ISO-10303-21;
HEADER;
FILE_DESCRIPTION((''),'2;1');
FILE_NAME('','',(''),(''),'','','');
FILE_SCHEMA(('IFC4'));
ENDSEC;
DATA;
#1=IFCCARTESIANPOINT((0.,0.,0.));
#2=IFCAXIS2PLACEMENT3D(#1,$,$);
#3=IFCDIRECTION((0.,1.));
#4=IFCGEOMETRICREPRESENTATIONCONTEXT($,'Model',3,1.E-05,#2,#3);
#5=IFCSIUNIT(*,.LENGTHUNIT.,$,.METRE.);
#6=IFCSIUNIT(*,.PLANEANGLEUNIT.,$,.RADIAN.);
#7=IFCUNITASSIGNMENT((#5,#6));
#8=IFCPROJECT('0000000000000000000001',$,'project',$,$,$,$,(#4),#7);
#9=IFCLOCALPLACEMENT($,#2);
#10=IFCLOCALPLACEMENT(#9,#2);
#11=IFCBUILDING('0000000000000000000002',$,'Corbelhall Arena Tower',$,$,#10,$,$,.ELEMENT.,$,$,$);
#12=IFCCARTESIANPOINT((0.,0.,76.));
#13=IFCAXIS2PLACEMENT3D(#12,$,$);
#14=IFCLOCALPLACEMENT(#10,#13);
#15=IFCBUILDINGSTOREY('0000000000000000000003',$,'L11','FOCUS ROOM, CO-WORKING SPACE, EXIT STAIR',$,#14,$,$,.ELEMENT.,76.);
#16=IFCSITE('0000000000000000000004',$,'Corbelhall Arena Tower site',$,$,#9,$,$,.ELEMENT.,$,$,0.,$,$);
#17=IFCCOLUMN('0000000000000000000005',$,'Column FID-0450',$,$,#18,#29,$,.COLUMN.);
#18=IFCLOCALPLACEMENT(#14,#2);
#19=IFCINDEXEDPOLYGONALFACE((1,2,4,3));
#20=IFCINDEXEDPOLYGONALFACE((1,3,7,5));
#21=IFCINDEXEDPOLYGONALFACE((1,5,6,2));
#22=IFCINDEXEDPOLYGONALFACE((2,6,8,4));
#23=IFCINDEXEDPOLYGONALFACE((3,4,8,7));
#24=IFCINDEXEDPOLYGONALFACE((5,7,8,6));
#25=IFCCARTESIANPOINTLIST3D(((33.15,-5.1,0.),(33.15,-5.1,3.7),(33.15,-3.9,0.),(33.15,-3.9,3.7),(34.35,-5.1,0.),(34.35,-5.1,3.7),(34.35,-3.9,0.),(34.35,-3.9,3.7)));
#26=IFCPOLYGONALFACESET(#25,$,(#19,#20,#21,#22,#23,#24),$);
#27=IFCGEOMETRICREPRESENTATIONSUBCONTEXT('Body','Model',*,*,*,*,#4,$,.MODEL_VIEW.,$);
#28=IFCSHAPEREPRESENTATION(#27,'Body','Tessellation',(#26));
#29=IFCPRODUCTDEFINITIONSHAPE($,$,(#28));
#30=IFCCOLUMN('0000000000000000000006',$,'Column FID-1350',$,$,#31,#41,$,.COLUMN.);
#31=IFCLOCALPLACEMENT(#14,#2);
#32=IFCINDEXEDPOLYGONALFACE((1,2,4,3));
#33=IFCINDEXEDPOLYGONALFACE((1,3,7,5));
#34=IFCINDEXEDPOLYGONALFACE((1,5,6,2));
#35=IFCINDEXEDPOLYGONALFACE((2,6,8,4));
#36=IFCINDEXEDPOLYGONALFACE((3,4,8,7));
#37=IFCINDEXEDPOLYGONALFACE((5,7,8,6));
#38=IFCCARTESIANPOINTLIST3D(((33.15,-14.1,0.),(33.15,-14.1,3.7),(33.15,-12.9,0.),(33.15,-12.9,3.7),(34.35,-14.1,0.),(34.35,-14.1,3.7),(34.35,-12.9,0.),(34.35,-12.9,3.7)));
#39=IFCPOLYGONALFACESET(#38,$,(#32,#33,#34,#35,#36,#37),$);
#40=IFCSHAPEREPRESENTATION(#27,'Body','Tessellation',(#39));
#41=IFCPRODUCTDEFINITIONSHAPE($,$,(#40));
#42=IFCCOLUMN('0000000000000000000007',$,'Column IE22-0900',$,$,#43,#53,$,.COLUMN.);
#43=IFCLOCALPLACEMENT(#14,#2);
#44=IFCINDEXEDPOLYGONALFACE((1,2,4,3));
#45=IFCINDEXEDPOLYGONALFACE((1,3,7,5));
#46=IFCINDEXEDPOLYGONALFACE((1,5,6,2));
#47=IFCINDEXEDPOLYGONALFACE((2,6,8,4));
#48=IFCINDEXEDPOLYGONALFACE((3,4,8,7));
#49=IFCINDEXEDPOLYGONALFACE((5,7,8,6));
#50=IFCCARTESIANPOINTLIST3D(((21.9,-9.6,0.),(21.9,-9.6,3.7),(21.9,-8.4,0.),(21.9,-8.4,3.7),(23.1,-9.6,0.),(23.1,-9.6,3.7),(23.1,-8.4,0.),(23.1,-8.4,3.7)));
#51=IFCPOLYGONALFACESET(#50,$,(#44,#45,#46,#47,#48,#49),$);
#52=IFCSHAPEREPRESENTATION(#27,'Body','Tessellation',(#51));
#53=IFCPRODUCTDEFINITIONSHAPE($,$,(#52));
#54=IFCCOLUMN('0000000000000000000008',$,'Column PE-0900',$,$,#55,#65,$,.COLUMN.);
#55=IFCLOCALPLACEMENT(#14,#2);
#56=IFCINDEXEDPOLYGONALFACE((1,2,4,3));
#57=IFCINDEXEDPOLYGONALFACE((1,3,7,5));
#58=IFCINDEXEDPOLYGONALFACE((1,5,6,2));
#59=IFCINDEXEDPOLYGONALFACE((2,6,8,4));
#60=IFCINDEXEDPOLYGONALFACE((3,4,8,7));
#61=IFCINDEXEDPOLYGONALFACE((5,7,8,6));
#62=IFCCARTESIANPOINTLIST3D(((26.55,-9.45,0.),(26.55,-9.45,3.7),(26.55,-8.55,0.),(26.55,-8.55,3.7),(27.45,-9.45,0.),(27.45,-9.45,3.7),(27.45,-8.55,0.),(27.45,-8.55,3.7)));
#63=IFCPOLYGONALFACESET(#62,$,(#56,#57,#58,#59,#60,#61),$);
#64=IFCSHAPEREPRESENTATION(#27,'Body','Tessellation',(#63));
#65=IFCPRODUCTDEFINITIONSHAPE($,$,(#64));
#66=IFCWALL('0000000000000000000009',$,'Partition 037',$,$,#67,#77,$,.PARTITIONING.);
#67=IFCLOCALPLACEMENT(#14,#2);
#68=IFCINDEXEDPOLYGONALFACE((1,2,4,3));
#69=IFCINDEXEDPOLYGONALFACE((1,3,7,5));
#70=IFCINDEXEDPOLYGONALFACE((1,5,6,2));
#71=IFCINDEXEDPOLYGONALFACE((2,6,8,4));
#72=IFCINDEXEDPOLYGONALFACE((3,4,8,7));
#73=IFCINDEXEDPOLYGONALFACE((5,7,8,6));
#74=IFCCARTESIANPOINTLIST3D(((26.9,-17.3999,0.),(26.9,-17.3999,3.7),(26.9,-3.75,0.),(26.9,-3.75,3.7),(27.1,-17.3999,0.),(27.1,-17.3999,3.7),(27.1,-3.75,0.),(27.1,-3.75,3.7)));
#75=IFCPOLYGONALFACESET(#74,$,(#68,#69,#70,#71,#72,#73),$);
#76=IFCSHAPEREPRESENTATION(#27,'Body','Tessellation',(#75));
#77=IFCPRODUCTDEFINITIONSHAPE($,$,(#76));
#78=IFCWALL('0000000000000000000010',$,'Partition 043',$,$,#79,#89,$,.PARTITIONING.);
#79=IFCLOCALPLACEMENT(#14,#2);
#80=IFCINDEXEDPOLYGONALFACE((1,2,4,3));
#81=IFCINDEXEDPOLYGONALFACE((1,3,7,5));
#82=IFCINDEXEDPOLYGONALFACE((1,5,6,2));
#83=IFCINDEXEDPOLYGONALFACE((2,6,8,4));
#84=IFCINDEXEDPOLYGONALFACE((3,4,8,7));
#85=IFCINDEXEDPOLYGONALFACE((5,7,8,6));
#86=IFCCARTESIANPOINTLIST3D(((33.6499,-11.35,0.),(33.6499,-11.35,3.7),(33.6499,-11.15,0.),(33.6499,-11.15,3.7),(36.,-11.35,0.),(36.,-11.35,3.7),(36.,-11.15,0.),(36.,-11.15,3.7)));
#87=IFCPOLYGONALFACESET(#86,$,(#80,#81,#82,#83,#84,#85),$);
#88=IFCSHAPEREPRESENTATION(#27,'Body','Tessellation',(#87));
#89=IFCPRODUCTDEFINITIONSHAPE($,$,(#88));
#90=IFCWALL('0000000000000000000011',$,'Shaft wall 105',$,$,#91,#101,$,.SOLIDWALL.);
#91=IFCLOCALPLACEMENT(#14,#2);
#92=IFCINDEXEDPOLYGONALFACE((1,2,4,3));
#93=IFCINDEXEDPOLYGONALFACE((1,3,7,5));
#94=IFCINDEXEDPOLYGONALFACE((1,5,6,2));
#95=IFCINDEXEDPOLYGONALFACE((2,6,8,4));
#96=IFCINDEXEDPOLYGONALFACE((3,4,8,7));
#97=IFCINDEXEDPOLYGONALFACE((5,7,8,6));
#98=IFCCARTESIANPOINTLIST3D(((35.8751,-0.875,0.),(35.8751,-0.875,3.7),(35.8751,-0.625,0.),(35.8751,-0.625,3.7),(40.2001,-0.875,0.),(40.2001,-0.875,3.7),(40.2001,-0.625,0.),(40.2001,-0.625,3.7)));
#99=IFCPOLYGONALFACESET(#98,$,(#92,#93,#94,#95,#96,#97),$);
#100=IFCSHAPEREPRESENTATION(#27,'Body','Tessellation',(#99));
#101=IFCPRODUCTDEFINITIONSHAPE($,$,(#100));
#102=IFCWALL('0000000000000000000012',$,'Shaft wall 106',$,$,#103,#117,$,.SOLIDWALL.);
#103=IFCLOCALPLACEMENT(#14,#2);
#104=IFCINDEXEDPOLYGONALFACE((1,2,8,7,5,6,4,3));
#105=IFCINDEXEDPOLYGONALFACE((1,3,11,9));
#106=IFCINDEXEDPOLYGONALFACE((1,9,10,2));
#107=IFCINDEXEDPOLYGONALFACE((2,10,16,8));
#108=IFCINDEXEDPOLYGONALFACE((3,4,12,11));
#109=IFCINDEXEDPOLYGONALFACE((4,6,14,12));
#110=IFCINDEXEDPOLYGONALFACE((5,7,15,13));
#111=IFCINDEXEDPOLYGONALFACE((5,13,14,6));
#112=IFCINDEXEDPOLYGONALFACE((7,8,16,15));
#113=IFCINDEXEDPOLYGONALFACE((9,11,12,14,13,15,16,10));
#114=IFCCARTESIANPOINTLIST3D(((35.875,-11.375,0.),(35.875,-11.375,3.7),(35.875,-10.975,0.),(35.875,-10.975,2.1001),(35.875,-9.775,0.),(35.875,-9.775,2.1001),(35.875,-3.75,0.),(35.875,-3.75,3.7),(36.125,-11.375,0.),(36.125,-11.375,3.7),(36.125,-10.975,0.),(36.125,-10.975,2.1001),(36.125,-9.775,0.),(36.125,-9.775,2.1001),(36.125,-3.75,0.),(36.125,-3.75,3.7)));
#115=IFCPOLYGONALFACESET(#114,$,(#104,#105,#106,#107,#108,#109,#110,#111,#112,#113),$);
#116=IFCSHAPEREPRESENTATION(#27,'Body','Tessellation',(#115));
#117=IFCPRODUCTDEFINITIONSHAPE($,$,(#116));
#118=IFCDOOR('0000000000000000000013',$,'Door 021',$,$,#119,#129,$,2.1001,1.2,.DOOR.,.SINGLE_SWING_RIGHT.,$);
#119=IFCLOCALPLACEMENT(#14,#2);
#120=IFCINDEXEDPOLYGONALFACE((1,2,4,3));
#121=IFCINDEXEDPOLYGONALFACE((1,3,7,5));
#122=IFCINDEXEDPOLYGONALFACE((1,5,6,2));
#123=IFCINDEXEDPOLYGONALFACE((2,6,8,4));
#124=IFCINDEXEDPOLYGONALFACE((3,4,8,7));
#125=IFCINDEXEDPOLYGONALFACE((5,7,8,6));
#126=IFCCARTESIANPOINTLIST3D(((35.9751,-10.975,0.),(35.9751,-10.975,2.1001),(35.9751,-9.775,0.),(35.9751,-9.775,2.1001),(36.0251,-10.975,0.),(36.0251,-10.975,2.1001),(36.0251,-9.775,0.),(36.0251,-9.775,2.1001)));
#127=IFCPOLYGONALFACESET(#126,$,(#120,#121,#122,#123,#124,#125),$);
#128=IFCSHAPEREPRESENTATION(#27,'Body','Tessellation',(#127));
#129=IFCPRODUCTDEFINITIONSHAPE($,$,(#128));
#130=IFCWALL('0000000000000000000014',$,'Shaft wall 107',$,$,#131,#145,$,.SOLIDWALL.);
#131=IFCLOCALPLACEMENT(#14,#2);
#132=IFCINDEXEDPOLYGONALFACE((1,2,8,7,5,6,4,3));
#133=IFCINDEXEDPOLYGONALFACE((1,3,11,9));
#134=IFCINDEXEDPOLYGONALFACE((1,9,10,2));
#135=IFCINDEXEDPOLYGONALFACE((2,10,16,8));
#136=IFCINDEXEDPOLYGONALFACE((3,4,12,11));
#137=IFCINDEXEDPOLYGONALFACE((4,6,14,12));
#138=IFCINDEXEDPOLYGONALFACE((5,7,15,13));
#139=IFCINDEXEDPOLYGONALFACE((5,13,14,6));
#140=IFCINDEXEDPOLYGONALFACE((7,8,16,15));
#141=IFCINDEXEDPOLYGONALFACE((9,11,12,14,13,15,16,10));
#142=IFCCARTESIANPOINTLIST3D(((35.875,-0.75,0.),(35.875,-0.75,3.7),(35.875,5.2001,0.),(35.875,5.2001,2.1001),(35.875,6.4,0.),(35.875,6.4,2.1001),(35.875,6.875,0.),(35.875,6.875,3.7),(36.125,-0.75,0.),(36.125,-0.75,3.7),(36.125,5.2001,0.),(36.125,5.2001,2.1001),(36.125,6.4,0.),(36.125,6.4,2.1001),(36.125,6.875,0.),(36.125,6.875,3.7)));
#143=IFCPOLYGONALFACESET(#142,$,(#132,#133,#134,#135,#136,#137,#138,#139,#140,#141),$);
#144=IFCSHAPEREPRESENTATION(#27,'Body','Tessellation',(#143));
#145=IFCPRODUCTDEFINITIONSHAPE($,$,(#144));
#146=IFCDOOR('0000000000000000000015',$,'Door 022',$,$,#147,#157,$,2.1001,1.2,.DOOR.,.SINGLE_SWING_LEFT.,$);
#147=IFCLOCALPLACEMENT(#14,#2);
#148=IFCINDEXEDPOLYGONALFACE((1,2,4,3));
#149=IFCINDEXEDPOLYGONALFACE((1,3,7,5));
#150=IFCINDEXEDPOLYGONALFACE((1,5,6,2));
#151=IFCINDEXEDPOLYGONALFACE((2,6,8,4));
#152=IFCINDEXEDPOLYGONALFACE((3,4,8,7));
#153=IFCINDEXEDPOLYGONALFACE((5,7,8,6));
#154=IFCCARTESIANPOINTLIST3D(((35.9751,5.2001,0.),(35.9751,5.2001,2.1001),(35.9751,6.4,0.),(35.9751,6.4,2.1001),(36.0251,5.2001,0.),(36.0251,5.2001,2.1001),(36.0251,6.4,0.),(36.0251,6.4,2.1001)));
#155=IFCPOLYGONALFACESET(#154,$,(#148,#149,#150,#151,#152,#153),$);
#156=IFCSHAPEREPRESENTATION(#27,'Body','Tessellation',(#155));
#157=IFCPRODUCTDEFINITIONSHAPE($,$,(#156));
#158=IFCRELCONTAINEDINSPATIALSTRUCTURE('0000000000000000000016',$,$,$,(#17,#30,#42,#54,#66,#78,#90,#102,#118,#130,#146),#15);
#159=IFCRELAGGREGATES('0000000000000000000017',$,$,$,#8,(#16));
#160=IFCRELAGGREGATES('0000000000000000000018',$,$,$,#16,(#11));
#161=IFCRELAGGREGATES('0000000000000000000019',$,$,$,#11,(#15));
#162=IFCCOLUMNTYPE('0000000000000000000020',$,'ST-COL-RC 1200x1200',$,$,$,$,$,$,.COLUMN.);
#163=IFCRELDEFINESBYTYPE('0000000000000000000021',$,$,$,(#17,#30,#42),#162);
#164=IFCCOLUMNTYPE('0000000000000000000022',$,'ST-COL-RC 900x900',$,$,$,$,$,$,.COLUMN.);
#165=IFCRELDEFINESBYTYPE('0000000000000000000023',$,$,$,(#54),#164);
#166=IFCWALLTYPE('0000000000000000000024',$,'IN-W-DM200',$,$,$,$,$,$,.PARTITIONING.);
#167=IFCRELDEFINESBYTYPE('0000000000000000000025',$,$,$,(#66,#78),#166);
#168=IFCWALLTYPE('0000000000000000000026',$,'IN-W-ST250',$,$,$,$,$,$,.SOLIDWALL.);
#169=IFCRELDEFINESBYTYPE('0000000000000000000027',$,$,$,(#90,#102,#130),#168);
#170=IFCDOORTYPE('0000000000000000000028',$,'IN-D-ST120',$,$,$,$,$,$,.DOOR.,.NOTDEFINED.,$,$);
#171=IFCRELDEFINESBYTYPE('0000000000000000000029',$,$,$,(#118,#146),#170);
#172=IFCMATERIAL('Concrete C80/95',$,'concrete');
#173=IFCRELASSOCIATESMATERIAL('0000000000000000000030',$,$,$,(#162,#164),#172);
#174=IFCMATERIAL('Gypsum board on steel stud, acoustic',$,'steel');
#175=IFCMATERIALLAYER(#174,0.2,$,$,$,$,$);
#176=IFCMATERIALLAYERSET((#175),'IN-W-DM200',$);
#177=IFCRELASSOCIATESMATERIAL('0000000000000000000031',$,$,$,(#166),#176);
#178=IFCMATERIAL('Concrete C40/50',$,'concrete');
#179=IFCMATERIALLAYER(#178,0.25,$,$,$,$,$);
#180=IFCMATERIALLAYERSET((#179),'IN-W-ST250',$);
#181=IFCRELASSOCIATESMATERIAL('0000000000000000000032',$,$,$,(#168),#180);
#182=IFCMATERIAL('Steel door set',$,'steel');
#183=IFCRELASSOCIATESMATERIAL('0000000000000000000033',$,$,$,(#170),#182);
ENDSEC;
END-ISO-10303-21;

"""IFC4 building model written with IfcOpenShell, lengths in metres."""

from ifc_helpers import new_model, si_unit, direction, frame, frame_2d, origin, origin_2d, place, context, subcontext, project, spatial, rectangle, extrude, material, layer, layer_set, material_profile, profile_set, type_object, element, fill, save


model = new_model("IFC4")

# Units and contexts
model_context = context("Model", 3, precision=1e-05, world=origin(), true_north=direction((0.0, 1.0)))
body_context = subcontext(model_context, "Body", "Model", "MODEL_VIEW")
ifc_project = project(units=[si_unit("LENGTHUNIT", "METRE"), si_unit("PLANEANGLEUNIT", "RADIAN")], contexts=[model_context])

# Site, building, storey
site_placement = place(None, origin())
site = spatial("IfcSite", under=ifc_project, at=site_placement, Name="Corbelhall Arena Tower site", CompositionType="ELEMENT", RefElevation=0.0)
building_placement = place(site_placement, origin())
building = spatial("IfcBuilding", under=site, at=building_placement, Name="Corbelhall Arena Tower", CompositionType="ELEMENT")
storey_placement = place(building_placement, frame((0.0, 0.0, 76.0)))
storey = spatial("IfcBuildingStorey", under=building, at=storey_placement, Name="L11", Description="FOCUS ROOM, CO-WORKING SPACE, EXIT STAIR", CompositionType="ELEMENT", Elevation=76.0)

# Columns
ifc_material_1 = material(Name="Concrete C80/95", Category="concrete")
ifc_material_profile_1 = material_profile(ifc_material_1, rectangle(XDim=1.2, YDim=1.2, at=origin_2d()))
ifc_profile_set_1 = profile_set([ifc_material_profile_1], Name="Concrete C80/95")
column_type_1 = type_object("IfcColumnType", Name="ST-COL-RC 1200x1200", PredefinedType="COLUMN", material=ifc_profile_set_1)
for number, where, z_axis, x_axis, name in (
    (1, (33.75, -4.5, 0.0), (0.0, 0.0, 1.0), (1.0, 0.0, 0.0), "Column FID-0450"),
    (2, (33.75, -13.5, 0.0), (0.0, 0.0, 1.0), (1.0, 0.0, 0.0), "Column FID-1350"),
    (3, (22.5, -9.0, 0.0), (0.0, 0.0, 1.0), (1.0, 0.0, 0.0), "Column IE22-0900"),
):
    element("IfcColumn", number, at=place(storey_placement, frame(where, z_axis=z_axis, x_axis=x_axis)), inside=storey, type_object=column_type_1, Name=name, PredefinedType="COLUMN", context=body_context, shape_type="SweptSolid", body=[
        extrude(rectangle(XDim=1.2, YDim=1.2, at=origin_2d()), origin(), (0.0, 0.0, 1.0), 3.7),
    ])
ifc_material_profile_2 = material_profile(ifc_material_1, rectangle(XDim=0.8999, YDim=0.8999, at=origin_2d()))
ifc_profile_set_2 = profile_set([ifc_material_profile_2], Name="Concrete C80/95")
column_type_2 = type_object("IfcColumnType", Name="ST-COL-RC 900x900", PredefinedType="COLUMN", material=ifc_profile_set_2)
column_placement = place(storey_placement, frame((27.0, -9.0, 0.0), z_axis=(0.0, 0.0, 1.0), x_axis=(1.0, 0.0, 0.0)))
element("IfcColumn", 4, at=column_placement, inside=storey, type_object=column_type_2, Name="Column PE-0900", PredefinedType="COLUMN", context=body_context, shape_type="SweptSolid", body=[
    extrude(rectangle(XDim=0.8999, YDim=0.8999, at=origin_2d()), origin(), (0.0, 0.0, 1.0), 3.7),
])

# Shared definitions
ifc_material_2 = material(Name="Gypsum board on steel stud, acoustic", Category="steel")
ifc_layer_1 = layer(ifc_material_2, 0.2)
ifc_layer_set_1 = layer_set([ifc_layer_1], Name="IN-W-DM200")
wall_type_1 = type_object("IfcWallType", Name="IN-W-DM200", PredefinedType="PARTITIONING", material=ifc_layer_set_1)
ifc_material_3 = material(Name="Steel door set", Category="steel")

# Wall
wall_1_placement = place(storey_placement, frame((27.0, -3.75, 0.0), z_axis=(0.0, 0.0, 1.0), x_axis=(0.0, -1.0, 0.0)))
element("IfcWall", 5, at=wall_1_placement, inside=storey, type_object=wall_type_1, Name="Partition 037", PredefinedType="PARTITIONING", context=body_context, shape_type="SweptSolid", body=[
    extrude(rectangle(XDim=13.6499, YDim=0.2, at=frame_2d((6.825, 0.0))), origin(), (0.0, 0.0, 1.0), 3.7),
])

# Walls
wall_2_placement = place(storey_placement, frame((36.0, -11.25, 0.0), z_axis=(0.0, 0.0, 1.0), x_axis=(-1.0, 0.0, 0.0)))
element("IfcWall", 6, at=wall_2_placement, inside=storey, type_object=wall_type_1, Name="Partition 043", PredefinedType="PARTITIONING", context=body_context, shape_type="SweptSolid", body=[
    extrude(rectangle(XDim=2.3501, YDim=0.2, at=frame_2d((1.175, 0.0))), origin(), (0.0, 0.0, 1.0), 3.7),
])
ifc_material_4 = material(Name="Concrete C40/50", Category="concrete")
ifc_layer_2 = layer(ifc_material_4, 0.25)
ifc_layer_set_2 = layer_set([ifc_layer_2], Name="IN-W-ST250")
wall_type_2 = type_object("IfcWallType", Name="IN-W-ST250", PredefinedType="SOLIDWALL", material=ifc_layer_set_2)
wall_3_placement = place(storey_placement, frame((35.875, -0.75, 0.0), z_axis=(0.0, 0.0, 1.0), x_axis=(1.0, 0.0, 0.0)))
element("IfcWall", 7, at=wall_3_placement, inside=storey, type_object=wall_type_2, Name="Shaft wall 105", PredefinedType="SOLIDWALL", context=body_context, shape_type="SweptSolid", body=[
    extrude(rectangle(XDim=4.325, YDim=0.25, at=frame_2d((2.1626, 0.0))), origin(), (0.0, 0.0, 1.0), 3.7),
])

# Walls, openings, doors
wall_4_placement = place(storey_placement, frame((36.0, -11.375, 0.0), z_axis=(0.0, 0.0, 1.0), x_axis=(0.0, 1.0, 0.0)))
wall_4 = element("IfcWall", 8, at=wall_4_placement, inside=storey, type_object=wall_type_2, Name="Shaft wall 106", PredefinedType="SOLIDWALL", context=body_context, shape_type="SweptSolid", body=[
    extrude(rectangle(XDim=7.625, YDim=0.25, at=frame_2d((3.8125, 0.0))), origin(), (0.0, 0.0, 1.0), 3.7),
])
opening_1_placement = place(wall_4_placement, frame((0.3999, 0.0, 0.0)))
opening_1 = element("IfcOpeningElement", 9, at=opening_1_placement, cuts=wall_4, PredefinedType="OPENING", context=body_context, shape_type="SweptSolid", body=[
    extrude(rectangle(XDim=1.2, YDim=2.1001, at=frame_2d((0.6001, 1.05))), frame((0.0, 0.125, 0.0), z_axis=(0.0, -1.0, 0.0), x_axis=(1.0, 0.0, 0.0)), (0.0, 0.0, 1.0), 0.25),
])
door_type_1 = type_object("IfcDoorType", Name="IN-D-ST120", OperationType="NOTDEFINED", PredefinedType="DOOR", material=ifc_material_3)
door_1_placement = place(opening_1_placement, origin())
door_1 = element("IfcDoor", 10, at=door_1_placement, inside=storey, type_object=door_type_1, Name="Door 021", OperationType="SINGLE_SWING_RIGHT", OverallHeight=2.1001, OverallWidth=1.2, PredefinedType="DOOR", context=body_context, shape_type="SweptSolid", body=[
    extrude(rectangle(XDim=1.2, YDim=2.1001, at=frame_2d((0.6001, 1.05))), frame((0.0, 0.0249, 0.0), z_axis=(0.0, -1.0, 0.0), x_axis=(1.0, 0.0, 0.0)), (0.0, 0.0, 1.0), 0.05),
])
fill(opening_1, door_1)
wall_5_placement = place(storey_placement, frame((36.0, -0.75, 0.0), z_axis=(0.0, 0.0, 1.0), x_axis=(0.0, 1.0, 0.0)))
wall_5 = element("IfcWall", 11, at=wall_5_placement, inside=storey, type_object=wall_type_2, Name="Shaft wall 107", PredefinedType="SOLIDWALL", context=body_context, shape_type="SweptSolid", body=[
    extrude(rectangle(XDim=7.625, YDim=0.25, at=frame_2d((3.8125, 0.0))), origin(), (0.0, 0.0, 1.0), 3.7),
])
opening_2_placement = place(wall_5_placement, frame((5.95, 0.0, 0.0)))
opening_2 = element("IfcOpeningElement", 12, at=opening_2_placement, cuts=wall_5, PredefinedType="OPENING", context=body_context, shape_type="SweptSolid", body=[
    extrude(rectangle(XDim=1.2, YDim=2.1001, at=frame_2d((0.6001, 1.05))), frame((0.0, 0.125, 0.0), z_axis=(0.0, -1.0, 0.0), x_axis=(1.0, 0.0, 0.0)), (0.0, 0.0, 1.0), 0.25),
])
door_2_placement = place(opening_2_placement, origin())
door_2 = element("IfcDoor", 13, at=door_2_placement, inside=storey, type_object=door_type_1, Name="Door 022", OperationType="SINGLE_SWING_LEFT", OverallHeight=2.1001, OverallWidth=1.2, PredefinedType="DOOR", context=body_context, shape_type="SweptSolid", body=[
    extrude(rectangle(XDim=1.2, YDim=2.1001, at=frame_2d((0.6001, 1.05))), frame((0.0, 0.0249, 0.0), z_axis=(0.0, -1.0, 0.0), x_axis=(1.0, 0.0, 0.0)), (0.0, 0.0, 1.0), 0.05),
])
fill(opening_2, door_2)

save(model, "model.ifc")
